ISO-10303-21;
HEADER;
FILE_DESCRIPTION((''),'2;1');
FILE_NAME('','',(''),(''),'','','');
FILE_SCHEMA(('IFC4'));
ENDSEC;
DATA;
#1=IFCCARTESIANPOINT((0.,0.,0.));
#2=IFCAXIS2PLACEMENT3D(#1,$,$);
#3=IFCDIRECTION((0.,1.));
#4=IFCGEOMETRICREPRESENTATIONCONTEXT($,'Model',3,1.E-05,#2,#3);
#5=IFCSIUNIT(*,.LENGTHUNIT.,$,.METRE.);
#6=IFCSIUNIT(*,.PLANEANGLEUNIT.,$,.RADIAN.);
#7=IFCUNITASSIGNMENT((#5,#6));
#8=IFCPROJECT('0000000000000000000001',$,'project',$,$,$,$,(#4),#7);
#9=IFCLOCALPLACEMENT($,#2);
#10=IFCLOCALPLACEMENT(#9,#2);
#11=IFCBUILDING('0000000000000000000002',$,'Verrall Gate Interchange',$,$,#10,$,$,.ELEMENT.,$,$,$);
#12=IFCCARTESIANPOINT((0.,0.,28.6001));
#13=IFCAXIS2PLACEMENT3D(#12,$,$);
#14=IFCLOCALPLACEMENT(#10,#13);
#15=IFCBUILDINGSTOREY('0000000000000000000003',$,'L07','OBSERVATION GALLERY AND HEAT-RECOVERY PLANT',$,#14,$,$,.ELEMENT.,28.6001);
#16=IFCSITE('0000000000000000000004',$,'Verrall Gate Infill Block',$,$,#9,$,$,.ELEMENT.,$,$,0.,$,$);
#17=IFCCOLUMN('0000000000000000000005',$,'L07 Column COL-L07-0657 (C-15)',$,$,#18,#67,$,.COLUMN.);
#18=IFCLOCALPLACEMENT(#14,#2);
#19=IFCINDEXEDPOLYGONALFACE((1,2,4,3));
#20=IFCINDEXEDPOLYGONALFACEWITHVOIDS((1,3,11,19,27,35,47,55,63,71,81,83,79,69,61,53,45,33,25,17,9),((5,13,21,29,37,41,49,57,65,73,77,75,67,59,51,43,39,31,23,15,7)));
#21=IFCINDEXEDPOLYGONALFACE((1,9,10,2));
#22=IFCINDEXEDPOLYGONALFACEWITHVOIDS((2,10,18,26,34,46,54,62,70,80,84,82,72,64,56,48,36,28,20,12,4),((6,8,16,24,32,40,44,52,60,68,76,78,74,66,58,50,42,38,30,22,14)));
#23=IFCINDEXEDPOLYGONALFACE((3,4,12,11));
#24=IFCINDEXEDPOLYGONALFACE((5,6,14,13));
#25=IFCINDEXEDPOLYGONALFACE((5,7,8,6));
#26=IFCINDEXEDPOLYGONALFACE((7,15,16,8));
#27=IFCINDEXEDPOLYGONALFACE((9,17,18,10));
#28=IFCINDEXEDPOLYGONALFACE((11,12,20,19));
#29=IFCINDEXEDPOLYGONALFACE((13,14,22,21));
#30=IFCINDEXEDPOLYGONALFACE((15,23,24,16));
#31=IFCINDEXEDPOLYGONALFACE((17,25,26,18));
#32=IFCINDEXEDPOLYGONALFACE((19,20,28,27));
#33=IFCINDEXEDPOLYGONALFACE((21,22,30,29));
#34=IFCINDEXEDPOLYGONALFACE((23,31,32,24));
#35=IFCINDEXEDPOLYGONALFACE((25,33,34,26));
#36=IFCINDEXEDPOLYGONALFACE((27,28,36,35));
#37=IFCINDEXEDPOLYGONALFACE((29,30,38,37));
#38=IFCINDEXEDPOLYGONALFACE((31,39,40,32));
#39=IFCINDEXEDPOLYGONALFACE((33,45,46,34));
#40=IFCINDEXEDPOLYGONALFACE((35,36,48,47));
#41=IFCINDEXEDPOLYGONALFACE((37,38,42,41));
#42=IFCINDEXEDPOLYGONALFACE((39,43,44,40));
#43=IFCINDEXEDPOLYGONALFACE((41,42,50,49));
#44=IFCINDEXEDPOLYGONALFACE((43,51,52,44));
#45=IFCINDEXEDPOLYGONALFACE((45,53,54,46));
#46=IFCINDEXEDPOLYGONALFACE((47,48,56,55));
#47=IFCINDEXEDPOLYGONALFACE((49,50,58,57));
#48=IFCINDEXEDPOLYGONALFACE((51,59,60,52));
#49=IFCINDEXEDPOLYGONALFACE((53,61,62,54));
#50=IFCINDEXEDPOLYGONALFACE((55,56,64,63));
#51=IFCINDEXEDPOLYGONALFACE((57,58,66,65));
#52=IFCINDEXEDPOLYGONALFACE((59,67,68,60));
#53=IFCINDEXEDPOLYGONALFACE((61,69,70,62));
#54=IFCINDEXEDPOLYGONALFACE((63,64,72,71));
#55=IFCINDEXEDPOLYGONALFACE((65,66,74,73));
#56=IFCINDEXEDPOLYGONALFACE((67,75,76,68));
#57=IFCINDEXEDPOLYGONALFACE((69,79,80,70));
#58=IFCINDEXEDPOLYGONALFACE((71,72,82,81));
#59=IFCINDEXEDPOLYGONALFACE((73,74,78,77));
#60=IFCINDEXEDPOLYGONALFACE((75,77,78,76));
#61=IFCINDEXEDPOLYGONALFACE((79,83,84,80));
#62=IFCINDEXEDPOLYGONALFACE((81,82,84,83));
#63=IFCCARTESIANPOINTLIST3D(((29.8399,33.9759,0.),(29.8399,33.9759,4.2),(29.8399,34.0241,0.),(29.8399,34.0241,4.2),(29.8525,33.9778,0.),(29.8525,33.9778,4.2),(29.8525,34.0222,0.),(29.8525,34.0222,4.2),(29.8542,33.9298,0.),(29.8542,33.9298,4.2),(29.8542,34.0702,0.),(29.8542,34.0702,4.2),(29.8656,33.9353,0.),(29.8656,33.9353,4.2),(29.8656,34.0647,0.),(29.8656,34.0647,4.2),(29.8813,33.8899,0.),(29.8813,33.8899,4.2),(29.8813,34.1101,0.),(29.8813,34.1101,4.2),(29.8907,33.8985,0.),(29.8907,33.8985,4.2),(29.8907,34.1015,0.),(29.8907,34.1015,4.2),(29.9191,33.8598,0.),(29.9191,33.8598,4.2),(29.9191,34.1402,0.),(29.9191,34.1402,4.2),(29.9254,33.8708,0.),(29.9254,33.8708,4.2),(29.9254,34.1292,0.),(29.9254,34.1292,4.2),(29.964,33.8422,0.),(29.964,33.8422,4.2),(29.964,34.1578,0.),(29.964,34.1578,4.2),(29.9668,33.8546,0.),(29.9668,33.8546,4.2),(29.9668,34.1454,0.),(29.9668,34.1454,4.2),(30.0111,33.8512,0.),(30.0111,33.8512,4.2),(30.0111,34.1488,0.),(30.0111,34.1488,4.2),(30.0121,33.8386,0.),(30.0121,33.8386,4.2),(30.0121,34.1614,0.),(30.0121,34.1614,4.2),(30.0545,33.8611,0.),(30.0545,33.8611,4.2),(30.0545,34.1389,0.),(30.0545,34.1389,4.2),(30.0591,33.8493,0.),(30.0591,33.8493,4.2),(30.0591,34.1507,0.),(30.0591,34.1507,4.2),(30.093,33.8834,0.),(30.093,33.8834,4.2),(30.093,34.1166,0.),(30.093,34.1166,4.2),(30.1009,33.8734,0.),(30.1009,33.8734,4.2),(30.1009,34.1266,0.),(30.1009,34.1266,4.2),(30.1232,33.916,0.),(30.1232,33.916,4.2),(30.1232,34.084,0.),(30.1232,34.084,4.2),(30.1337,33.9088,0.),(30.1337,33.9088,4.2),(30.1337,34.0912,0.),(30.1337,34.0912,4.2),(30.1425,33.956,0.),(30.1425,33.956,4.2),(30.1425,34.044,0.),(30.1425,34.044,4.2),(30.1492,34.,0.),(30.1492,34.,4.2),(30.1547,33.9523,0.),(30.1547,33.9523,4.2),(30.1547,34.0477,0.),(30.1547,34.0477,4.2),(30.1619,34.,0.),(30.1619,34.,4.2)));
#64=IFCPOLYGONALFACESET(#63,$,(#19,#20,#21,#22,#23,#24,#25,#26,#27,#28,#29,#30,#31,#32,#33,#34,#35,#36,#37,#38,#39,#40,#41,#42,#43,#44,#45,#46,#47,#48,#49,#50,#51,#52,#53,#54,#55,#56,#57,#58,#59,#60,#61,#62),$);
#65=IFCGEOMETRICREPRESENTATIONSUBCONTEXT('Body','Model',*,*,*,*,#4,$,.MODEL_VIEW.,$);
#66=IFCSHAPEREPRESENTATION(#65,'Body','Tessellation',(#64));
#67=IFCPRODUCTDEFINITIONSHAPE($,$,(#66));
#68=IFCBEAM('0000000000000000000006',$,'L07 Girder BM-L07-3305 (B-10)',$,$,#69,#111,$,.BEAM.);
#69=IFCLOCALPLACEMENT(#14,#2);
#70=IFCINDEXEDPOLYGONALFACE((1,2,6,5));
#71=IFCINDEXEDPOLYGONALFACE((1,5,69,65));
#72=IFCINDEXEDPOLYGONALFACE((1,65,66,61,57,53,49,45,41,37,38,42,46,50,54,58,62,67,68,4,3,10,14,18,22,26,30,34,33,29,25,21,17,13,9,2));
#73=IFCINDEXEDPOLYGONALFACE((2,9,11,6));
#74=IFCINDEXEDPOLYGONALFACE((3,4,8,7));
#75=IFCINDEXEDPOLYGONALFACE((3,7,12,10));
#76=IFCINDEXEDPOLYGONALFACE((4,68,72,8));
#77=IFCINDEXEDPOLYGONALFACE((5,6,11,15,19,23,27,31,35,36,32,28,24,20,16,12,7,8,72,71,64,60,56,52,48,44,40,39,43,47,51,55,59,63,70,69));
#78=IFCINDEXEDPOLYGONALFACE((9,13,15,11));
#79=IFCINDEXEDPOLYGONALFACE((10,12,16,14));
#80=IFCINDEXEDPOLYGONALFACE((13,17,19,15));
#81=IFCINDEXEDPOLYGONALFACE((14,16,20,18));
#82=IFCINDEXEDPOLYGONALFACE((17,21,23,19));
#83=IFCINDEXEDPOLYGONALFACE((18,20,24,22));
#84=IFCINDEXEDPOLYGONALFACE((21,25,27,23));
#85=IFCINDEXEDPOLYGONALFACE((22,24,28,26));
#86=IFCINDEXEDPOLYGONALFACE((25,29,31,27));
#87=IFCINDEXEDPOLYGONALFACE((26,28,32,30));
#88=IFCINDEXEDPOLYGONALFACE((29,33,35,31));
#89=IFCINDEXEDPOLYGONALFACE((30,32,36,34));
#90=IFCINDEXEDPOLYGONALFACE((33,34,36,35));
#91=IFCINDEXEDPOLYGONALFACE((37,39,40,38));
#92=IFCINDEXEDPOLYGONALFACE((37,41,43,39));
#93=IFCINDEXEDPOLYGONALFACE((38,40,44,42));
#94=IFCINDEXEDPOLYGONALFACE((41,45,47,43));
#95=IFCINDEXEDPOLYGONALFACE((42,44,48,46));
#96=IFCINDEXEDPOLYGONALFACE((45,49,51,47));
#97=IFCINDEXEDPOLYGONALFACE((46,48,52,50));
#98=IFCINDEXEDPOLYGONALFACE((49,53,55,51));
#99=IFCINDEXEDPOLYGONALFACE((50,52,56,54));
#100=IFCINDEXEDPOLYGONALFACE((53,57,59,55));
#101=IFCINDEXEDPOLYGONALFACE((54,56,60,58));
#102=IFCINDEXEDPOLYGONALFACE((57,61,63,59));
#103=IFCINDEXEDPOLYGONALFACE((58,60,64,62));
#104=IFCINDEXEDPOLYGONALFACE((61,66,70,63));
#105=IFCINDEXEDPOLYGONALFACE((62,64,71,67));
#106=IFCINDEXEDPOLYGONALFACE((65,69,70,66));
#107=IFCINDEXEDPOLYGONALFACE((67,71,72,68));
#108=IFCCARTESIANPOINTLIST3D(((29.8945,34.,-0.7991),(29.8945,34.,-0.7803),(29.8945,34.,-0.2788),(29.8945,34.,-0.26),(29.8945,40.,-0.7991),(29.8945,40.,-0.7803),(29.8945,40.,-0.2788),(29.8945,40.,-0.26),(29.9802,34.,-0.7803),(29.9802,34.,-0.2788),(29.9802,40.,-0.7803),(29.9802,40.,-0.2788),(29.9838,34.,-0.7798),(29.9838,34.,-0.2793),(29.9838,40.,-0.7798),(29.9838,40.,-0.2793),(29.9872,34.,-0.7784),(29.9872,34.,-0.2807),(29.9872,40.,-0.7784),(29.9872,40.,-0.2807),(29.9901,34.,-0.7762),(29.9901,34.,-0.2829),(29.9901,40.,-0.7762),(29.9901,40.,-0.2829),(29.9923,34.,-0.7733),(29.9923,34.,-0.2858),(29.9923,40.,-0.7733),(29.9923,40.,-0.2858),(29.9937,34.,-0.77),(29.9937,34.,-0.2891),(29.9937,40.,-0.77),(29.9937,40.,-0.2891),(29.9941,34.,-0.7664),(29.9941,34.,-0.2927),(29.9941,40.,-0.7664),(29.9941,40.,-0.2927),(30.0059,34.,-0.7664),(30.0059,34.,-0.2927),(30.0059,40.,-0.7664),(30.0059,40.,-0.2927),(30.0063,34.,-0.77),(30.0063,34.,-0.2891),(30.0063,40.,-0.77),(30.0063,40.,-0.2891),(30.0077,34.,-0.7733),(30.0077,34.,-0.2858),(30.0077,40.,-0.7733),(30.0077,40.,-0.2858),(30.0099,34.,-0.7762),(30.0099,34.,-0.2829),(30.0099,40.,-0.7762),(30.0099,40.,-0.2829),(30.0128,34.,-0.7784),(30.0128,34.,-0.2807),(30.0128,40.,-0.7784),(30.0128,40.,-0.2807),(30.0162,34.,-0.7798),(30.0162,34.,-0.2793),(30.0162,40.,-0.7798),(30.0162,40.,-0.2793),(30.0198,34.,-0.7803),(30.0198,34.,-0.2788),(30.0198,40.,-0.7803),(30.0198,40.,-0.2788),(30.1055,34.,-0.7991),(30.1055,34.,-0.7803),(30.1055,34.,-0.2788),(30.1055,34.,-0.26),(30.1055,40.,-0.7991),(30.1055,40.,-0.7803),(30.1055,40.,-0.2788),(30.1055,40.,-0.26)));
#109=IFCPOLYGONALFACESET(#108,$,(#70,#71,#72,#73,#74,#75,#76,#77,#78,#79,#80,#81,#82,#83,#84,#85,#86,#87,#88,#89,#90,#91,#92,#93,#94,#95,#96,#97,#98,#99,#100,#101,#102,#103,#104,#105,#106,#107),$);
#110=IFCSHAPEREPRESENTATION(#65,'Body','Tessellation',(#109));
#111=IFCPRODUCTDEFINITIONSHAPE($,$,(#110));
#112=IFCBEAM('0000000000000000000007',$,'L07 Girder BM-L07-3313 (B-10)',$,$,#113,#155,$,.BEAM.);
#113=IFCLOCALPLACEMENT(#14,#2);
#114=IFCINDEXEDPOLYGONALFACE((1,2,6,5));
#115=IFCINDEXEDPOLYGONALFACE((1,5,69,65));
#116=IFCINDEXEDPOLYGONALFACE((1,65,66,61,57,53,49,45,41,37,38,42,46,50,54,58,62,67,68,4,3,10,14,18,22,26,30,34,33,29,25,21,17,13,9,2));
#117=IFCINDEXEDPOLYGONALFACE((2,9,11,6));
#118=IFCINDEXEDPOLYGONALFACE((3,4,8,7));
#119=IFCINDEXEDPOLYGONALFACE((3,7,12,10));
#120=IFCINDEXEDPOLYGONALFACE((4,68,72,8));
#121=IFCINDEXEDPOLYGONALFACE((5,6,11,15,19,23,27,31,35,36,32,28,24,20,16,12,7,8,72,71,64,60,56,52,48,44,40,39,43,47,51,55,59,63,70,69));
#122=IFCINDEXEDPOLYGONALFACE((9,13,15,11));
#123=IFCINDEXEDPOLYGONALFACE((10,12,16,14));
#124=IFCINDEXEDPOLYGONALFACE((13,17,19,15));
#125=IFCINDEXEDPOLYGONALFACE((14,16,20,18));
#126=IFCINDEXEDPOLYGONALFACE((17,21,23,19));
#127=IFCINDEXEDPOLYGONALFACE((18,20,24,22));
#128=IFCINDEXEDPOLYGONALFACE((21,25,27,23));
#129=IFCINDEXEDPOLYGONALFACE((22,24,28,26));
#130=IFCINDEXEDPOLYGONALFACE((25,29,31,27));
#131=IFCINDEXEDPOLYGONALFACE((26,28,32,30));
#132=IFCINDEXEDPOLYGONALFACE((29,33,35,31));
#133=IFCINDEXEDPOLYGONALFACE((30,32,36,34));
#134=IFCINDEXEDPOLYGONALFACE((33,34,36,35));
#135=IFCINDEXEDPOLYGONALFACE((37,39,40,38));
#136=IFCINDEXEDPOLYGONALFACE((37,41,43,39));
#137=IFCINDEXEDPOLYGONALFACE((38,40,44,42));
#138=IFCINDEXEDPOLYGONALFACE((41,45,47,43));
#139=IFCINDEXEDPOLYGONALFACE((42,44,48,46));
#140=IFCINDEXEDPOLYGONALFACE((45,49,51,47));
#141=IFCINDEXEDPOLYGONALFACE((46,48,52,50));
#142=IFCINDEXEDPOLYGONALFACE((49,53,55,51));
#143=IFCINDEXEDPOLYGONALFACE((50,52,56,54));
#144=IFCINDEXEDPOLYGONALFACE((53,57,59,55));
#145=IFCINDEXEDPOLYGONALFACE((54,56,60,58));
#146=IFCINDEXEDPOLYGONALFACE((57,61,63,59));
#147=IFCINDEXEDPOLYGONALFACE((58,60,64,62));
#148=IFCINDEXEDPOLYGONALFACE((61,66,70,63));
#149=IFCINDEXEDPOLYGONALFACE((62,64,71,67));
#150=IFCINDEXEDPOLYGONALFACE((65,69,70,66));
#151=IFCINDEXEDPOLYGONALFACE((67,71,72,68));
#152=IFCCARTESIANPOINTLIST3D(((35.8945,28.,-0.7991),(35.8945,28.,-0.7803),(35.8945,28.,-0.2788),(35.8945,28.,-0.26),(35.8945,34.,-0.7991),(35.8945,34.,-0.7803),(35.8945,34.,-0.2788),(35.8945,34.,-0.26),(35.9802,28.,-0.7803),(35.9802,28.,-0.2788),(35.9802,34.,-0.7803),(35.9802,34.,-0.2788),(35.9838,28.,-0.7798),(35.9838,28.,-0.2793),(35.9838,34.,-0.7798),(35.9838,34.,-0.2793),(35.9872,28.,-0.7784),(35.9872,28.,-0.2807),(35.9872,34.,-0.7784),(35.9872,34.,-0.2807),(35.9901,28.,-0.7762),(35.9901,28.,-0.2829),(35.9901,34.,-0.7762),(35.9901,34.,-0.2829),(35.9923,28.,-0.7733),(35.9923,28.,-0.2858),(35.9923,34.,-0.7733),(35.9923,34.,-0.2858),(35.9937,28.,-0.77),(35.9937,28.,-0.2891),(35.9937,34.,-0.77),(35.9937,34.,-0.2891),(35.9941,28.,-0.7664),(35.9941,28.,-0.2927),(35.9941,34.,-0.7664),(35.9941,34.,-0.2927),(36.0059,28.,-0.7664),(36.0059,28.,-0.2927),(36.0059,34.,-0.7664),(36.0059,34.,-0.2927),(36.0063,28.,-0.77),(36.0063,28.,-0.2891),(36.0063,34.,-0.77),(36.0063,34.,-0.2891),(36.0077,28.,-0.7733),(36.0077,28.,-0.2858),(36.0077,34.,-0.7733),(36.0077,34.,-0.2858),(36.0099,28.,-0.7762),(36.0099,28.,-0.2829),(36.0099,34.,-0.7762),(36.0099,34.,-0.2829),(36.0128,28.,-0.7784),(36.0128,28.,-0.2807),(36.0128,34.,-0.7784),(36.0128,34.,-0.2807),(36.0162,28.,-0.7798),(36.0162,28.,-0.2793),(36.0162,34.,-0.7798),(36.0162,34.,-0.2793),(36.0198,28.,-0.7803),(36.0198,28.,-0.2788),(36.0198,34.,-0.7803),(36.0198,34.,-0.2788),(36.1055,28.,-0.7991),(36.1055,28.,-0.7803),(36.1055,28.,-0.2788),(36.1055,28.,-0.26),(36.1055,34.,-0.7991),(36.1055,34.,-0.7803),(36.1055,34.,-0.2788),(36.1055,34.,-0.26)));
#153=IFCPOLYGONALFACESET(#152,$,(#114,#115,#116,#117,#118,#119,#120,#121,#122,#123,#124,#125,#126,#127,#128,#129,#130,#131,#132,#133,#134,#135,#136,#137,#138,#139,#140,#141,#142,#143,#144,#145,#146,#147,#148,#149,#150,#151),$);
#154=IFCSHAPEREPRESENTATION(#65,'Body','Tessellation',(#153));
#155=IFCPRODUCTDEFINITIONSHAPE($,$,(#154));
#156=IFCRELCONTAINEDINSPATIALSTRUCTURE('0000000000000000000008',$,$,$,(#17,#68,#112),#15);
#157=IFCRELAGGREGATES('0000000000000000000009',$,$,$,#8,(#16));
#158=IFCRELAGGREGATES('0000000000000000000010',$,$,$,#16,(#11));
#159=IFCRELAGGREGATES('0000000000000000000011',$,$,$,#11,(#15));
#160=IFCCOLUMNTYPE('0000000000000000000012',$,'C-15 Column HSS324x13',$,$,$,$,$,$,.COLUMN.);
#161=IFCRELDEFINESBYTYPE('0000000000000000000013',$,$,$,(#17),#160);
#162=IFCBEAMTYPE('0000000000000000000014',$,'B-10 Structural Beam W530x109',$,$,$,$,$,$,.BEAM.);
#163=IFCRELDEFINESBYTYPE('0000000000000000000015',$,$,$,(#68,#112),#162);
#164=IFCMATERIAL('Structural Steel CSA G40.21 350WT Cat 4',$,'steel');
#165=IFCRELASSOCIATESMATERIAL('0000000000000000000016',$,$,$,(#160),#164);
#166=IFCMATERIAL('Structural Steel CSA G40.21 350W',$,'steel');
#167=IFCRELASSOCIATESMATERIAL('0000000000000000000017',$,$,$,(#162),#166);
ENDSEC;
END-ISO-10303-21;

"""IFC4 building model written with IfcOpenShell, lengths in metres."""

from ifc_helpers import new_model, si_unit, direction, frame, origin, origin_2d, place, context, subcontext, project, spatial, hollow_circle, i_section, extrude, material, material_profile, profile_set, type_object, element, save


model = new_model("IFC4")

# Units and contexts
model_context = context("Model", 3, precision=1e-05, world=origin(), true_north=direction((0.0, 1.0)))
body_context = subcontext(model_context, "Body", "Model", "MODEL_VIEW")
ifc_project = project(units=[si_unit("LENGTHUNIT", "METRE"), si_unit("PLANEANGLEUNIT", "RADIAN")], contexts=[model_context])

# Site, building, storey
site_placement = place(None, origin())
site = spatial("IfcSite", under=ifc_project, at=site_placement, Name="Verrall Gate Infill Block", CompositionType="ELEMENT", RefElevation=0.0)
building_placement = place(site_placement, origin())
building = spatial("IfcBuilding", under=site, at=building_placement, Name="Verrall Gate Interchange", CompositionType="ELEMENT")
storey_placement = place(building_placement, frame((0.0, 0.0, 28.6001)))
storey = spatial("IfcBuildingStorey", under=building, at=storey_placement, Name="L07", Description="OBSERVATION GALLERY AND HEAT-RECOVERY PLANT", CompositionType="ELEMENT", Elevation=28.6001)

# Column
ifc_material_1 = material(Name="Structural Steel CSA G40.21 350WT Cat 4", Category="steel")
ifc_material_profile_1 = material_profile(ifc_material_1, hollow_circle(Radius=0.1619, WallThickness=0.0127, at=origin_2d()), Name="HSS324x13")
ifc_profile_set_1 = profile_set([ifc_material_profile_1], Name="Structural Steel CSA G40.21 350WT Cat 4")
column_type = type_object("IfcColumnType", Name="C-15 Column HSS324x13", PredefinedType="COLUMN", material=ifc_profile_set_1)
column_placement = place(storey_placement, frame((30.0, 34.0, 0.0), z_axis=(0.0, 0.0, 1.0), x_axis=(1.0, 0.0, 0.0)))
element("IfcColumn", 1, at=column_placement, inside=storey, type_object=column_type, Name="L07 Column COL-L07-0657 (C-15)", PredefinedType="COLUMN", context=body_context, shape_type="SweptSolid", body=[
    extrude(hollow_circle(Radius=0.1619, WallThickness=0.0127, at=origin_2d()), origin(), (0.0, 0.0, 1.0), 4.2),
])

# Beams
ifc_material_2 = material(Name="Structural Steel CSA G40.21 350W", Category="steel")
ifc_material_profile_2 = material_profile(ifc_material_2, i_section(OverallWidth=0.2109, OverallDepth=0.5391, WebThickness=0.0117, FlangeThickness=0.0188, FilletRadius=0.0139, at=origin_2d()), Name="W530x109")
ifc_profile_set_2 = profile_set([ifc_material_profile_2], Name="Structural Steel CSA G40.21 350W")
beam_type_1 = type_object("IfcBeamType", Name="B-10 Structural Beam W530x109", PredefinedType="BEAM", material=ifc_profile_set_2)
for number, where, z_axis, x_axis, name in (
    (2, (30.0, 34.0, -0.5295), (0.0, 1.0, 0.0), (-1.0, 0.0, 0.0), "L07 Girder BM-L07-3305 (B-10)"),
    (3, (36.0, 28.0, -0.5295), (0.0, 1.0, 0.0), (-1.0, 0.0, 0.0), "L07 Girder BM-L07-3313 (B-10)"),
):
    element("IfcBeam", number, at=place(storey_placement, frame(where, z_axis=z_axis, x_axis=x_axis)), inside=storey, type_object=beam_type_1, Name=name, PredefinedType="BEAM", context=body_context, shape_type="SweptSolid", body=[
        extrude(i_section(OverallWidth=0.2109, OverallDepth=0.5391, WebThickness=0.0117, FlangeThickness=0.0188, FilletRadius=0.0139, at=origin_2d()), origin(), (0.0, 0.0, 1.0), 6.0),
    ])

save(model, "model.ifc")
